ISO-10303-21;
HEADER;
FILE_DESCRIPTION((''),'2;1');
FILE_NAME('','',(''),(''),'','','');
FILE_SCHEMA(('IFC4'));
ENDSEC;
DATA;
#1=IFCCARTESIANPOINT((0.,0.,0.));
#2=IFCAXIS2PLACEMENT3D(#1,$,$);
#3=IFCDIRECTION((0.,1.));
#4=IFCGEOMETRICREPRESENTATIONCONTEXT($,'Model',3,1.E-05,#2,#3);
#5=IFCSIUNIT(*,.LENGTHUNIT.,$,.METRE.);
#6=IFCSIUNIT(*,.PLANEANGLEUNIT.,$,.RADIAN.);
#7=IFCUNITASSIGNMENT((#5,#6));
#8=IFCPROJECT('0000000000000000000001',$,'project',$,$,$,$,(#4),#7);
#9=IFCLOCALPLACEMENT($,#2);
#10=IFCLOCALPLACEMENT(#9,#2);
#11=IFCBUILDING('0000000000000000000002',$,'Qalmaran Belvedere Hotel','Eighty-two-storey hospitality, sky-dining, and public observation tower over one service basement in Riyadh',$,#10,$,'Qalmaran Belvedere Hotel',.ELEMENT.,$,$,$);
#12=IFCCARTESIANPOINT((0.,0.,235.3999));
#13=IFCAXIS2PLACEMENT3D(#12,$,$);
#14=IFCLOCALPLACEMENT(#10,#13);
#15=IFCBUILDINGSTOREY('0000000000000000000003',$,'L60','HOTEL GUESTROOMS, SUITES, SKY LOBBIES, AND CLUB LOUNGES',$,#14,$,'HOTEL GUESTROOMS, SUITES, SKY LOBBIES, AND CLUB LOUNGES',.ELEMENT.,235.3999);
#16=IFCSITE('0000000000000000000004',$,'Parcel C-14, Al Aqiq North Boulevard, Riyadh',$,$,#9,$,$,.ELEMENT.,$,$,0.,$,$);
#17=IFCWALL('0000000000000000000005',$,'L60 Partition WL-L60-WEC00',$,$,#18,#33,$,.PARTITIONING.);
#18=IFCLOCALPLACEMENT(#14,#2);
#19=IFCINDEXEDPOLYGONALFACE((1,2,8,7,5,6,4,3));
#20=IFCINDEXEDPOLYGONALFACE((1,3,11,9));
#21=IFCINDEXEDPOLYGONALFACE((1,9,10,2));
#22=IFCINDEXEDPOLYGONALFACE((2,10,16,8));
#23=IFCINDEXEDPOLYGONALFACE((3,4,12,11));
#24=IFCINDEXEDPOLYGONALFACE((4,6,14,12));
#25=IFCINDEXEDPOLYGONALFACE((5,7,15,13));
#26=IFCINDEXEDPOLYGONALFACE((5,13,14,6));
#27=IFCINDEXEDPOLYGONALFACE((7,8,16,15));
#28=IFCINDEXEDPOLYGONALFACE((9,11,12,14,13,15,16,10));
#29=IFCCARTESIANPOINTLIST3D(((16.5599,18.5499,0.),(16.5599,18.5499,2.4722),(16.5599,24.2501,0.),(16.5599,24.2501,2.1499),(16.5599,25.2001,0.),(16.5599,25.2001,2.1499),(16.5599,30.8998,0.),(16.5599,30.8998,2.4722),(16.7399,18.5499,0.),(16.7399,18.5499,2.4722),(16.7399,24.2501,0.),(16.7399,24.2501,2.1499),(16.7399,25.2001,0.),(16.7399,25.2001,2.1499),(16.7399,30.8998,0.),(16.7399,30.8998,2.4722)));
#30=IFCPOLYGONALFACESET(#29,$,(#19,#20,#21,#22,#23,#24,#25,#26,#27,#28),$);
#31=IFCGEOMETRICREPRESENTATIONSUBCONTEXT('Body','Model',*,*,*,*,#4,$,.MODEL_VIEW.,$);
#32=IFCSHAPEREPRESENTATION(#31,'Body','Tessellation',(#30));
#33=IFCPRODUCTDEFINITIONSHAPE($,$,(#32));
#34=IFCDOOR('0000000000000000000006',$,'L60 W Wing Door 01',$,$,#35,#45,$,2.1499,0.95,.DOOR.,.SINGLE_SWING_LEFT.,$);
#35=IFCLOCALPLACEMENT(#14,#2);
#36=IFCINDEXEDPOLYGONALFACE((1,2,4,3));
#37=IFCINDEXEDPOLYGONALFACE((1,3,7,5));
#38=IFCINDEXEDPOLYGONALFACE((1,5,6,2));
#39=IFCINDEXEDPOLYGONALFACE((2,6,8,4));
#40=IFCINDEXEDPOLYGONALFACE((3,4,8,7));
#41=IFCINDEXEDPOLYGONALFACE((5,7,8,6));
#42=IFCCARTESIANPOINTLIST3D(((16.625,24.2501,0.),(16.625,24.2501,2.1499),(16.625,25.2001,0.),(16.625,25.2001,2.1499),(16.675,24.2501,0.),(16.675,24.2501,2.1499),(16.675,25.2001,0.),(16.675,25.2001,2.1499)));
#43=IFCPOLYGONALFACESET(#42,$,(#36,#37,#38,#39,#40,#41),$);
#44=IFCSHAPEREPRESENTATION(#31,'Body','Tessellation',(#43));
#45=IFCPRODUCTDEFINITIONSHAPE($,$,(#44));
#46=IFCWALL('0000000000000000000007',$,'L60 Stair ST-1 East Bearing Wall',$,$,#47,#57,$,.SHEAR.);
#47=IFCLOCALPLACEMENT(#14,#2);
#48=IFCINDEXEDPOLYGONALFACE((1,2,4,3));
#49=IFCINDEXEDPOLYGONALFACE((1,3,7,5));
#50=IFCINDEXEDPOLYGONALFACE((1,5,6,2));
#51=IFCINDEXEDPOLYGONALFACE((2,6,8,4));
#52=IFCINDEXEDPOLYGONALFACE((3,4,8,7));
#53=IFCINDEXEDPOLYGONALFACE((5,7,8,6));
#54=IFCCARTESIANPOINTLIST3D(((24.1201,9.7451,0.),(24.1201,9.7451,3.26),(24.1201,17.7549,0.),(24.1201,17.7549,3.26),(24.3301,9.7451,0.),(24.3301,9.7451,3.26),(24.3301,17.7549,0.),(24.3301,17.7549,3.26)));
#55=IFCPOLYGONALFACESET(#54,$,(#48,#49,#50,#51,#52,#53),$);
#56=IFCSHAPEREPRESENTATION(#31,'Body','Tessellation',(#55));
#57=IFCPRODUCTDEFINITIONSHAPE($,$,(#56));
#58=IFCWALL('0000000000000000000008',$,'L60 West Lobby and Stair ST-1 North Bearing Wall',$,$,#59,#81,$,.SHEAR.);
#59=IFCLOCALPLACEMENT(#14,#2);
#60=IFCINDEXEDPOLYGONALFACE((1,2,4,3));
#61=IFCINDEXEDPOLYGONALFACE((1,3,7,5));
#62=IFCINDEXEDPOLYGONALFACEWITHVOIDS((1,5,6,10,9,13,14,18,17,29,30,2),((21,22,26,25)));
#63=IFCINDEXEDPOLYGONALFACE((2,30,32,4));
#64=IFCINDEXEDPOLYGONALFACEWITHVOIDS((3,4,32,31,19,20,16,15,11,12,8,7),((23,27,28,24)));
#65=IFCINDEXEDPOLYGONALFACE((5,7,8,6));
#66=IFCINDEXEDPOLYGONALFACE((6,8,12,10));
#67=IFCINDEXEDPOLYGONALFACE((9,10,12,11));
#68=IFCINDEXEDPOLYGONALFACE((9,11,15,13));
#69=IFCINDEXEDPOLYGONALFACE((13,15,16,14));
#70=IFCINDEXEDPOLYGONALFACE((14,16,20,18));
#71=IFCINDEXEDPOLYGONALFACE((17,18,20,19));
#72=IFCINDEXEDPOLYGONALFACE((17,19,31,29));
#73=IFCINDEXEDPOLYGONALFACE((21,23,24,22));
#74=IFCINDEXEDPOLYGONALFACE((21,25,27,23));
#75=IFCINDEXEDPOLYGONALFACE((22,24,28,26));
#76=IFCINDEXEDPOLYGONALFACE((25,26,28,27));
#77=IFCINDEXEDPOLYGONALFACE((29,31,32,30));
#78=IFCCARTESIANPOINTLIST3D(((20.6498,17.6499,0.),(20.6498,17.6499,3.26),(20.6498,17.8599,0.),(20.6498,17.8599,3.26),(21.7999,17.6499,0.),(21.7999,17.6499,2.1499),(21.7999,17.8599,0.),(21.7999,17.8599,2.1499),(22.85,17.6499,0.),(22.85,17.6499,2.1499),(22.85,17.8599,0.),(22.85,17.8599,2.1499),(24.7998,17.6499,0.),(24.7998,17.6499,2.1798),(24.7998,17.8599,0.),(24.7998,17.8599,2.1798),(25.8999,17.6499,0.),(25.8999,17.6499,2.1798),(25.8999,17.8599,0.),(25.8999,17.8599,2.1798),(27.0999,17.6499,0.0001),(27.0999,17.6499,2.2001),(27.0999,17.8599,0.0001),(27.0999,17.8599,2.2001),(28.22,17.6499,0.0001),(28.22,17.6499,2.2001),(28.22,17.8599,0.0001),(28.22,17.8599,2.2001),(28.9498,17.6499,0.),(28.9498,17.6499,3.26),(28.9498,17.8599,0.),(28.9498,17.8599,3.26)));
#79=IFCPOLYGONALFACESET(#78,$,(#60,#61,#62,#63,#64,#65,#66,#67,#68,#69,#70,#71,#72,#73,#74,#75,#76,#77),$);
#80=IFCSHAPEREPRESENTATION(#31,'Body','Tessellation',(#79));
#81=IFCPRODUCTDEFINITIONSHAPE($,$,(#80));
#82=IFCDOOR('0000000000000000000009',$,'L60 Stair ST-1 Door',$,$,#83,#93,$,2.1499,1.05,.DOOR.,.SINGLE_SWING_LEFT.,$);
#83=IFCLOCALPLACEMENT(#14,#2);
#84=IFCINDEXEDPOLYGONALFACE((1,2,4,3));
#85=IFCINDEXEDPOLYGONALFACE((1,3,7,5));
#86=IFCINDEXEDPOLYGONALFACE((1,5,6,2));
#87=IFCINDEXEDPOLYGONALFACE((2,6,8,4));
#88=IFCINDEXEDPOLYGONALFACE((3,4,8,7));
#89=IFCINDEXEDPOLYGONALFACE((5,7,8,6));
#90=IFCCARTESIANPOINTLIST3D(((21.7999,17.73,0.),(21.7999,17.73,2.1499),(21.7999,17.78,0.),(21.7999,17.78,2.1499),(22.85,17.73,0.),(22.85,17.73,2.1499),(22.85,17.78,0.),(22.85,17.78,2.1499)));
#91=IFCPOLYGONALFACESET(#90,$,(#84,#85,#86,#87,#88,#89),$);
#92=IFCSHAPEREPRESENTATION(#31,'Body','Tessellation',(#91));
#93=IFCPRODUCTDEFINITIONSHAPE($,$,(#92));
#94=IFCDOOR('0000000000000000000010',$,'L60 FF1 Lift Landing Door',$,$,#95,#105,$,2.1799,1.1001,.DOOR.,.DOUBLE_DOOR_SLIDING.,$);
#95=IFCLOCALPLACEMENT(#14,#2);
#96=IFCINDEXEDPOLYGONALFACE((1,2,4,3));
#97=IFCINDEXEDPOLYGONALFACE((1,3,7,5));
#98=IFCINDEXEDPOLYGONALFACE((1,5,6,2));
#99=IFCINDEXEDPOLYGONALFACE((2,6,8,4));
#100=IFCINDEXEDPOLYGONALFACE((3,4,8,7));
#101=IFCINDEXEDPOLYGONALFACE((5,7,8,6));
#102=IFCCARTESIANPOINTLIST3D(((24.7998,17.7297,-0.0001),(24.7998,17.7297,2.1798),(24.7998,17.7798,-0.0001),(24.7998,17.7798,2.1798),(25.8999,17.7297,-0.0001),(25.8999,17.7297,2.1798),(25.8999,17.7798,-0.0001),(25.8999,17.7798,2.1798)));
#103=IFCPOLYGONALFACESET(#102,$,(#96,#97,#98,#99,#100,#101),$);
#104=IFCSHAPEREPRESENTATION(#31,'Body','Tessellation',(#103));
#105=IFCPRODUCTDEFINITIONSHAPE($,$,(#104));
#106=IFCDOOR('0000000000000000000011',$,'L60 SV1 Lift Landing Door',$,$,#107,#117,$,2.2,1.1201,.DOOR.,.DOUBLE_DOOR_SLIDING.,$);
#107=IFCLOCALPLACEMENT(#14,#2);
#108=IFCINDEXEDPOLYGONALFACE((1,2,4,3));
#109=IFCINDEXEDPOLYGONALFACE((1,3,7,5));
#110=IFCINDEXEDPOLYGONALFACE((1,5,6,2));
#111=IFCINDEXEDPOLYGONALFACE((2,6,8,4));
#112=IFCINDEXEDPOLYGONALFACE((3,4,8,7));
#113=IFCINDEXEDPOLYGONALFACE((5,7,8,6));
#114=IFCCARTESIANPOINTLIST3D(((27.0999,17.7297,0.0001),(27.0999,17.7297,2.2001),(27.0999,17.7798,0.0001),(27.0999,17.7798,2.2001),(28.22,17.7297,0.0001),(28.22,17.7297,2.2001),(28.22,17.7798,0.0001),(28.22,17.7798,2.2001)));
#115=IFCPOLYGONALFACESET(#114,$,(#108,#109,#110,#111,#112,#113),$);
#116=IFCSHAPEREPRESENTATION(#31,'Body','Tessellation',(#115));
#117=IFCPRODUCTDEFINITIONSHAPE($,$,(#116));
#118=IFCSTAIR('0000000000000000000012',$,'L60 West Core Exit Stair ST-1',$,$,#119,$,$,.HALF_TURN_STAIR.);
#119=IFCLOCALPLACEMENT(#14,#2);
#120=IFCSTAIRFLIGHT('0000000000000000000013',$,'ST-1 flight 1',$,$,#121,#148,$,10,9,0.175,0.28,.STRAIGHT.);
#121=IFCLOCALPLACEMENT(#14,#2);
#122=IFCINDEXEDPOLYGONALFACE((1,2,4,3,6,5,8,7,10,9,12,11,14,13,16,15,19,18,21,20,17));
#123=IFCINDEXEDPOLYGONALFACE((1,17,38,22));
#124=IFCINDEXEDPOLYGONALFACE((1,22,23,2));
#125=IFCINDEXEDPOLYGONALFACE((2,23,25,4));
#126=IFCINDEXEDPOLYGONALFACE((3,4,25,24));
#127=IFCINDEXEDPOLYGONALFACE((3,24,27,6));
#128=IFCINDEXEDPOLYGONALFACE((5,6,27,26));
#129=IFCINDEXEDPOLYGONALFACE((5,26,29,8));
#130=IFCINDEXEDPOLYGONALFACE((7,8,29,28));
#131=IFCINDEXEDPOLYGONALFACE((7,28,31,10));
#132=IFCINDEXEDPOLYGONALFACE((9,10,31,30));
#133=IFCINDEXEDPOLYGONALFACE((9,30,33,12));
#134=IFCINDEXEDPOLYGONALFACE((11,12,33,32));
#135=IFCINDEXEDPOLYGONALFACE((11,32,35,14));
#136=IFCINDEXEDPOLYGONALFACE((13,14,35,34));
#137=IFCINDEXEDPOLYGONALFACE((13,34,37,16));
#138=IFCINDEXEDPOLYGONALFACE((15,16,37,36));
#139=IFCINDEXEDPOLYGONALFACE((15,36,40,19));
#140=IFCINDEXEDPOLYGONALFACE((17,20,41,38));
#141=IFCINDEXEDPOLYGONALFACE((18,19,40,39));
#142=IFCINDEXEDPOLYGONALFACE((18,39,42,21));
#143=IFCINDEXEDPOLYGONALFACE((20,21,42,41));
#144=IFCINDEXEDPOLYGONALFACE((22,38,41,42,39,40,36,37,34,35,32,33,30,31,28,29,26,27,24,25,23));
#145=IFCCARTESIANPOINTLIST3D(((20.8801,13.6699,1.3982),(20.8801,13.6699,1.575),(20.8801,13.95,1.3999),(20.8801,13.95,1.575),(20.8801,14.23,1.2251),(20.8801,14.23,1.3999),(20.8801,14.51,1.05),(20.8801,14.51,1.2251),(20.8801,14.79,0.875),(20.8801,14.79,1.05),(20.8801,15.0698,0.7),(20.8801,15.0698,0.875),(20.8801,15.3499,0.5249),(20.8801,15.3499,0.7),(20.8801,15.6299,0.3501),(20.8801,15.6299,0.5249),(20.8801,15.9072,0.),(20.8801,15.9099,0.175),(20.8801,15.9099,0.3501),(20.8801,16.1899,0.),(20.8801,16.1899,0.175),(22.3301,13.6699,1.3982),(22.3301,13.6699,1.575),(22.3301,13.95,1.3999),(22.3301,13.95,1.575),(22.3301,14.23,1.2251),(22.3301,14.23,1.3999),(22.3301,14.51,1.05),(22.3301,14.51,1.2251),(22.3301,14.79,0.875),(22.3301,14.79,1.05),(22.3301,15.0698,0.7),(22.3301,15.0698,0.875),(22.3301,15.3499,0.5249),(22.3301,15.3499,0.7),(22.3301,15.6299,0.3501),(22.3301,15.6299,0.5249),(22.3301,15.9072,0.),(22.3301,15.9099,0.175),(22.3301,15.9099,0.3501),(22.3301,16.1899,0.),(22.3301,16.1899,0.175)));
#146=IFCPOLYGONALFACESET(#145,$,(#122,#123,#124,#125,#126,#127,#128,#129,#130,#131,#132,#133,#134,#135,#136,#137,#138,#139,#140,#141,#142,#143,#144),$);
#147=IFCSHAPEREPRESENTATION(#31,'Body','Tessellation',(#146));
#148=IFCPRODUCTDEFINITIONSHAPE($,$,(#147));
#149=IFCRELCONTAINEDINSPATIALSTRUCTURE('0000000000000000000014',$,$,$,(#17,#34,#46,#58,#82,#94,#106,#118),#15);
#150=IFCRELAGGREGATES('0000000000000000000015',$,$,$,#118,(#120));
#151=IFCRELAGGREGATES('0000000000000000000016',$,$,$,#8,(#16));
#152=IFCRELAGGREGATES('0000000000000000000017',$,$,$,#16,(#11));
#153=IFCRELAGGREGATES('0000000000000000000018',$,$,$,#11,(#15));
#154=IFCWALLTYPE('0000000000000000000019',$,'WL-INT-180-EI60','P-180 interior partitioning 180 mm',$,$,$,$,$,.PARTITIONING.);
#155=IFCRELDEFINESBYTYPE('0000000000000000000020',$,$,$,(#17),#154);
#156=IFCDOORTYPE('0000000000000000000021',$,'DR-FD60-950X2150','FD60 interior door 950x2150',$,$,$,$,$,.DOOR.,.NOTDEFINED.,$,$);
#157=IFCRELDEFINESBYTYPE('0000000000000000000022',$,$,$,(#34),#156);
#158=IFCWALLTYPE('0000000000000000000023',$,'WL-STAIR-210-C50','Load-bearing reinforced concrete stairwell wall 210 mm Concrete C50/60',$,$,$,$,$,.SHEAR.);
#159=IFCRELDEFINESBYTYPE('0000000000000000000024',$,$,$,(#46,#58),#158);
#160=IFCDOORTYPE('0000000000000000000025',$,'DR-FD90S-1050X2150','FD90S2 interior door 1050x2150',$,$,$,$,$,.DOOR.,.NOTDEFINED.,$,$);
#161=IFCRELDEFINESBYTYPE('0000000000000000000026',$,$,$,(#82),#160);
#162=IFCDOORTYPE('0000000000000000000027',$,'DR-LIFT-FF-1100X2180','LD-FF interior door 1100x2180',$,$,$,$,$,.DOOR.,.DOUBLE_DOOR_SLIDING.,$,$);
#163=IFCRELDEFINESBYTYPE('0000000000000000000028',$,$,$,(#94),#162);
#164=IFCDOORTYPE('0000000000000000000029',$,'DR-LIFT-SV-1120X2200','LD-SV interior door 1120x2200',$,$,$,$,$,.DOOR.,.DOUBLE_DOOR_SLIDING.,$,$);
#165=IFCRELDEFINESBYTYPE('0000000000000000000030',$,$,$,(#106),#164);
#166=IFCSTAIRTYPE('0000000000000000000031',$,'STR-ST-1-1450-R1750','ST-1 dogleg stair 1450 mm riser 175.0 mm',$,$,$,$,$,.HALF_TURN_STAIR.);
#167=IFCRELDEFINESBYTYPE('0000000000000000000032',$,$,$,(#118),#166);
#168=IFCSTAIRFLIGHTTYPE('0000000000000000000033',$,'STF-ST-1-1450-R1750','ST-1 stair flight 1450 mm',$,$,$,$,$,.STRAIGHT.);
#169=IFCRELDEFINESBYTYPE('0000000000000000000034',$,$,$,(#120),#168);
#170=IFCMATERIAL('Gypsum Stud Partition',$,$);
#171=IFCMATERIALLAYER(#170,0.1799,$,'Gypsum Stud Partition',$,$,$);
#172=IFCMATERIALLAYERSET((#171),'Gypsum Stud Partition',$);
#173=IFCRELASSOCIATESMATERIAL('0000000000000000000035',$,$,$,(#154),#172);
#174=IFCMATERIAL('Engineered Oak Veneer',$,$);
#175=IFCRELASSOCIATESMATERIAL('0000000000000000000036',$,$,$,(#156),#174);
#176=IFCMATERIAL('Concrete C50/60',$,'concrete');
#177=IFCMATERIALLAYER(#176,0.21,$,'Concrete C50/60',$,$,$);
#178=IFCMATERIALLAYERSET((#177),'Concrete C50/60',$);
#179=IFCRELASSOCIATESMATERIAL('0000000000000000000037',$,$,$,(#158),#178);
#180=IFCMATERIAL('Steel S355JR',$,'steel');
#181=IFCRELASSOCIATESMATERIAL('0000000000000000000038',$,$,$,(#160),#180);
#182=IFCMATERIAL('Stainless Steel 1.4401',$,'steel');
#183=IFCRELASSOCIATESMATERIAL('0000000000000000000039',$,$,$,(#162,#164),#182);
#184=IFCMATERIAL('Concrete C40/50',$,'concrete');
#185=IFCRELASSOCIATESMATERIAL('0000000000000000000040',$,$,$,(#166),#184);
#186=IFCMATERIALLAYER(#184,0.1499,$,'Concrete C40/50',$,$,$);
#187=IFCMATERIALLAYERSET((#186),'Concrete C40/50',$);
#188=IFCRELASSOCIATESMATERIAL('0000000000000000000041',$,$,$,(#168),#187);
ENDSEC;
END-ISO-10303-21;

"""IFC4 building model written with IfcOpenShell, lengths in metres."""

from ifc_helpers import new_model, si_unit, direction, frame, frame_2d, origin, place, context, subcontext, project, spatial, polyline, rectangle, outline, extrude, material, layer, layer_set, type_object, element, fill, aggregate, save


model = new_model("IFC4")

# Units and contexts
model_context = context("Model", 3, precision=1e-05, world=origin(), true_north=direction((0.0, 1.0)))
body_context = subcontext(model_context, "Body", "Model", "MODEL_VIEW")
ifc_project = project(units=[si_unit("LENGTHUNIT", "METRE"), si_unit("PLANEANGLEUNIT", "RADIAN")], contexts=[model_context])

# Site, building, storey
site_placement = place(None, origin())
site = spatial("IfcSite", under=ifc_project, at=site_placement, Name="Parcel C-14, Al Aqiq North Boulevard, Riyadh", CompositionType="ELEMENT", RefElevation=0.0)
building_placement = place(site_placement, origin())
building = spatial("IfcBuilding", under=site, at=building_placement, Name="Qalmaran Belvedere Hotel", Description="Eighty-two-storey hospitality, sky-dining, and public observation tower over one service basement in Riyadh", LongName="Qalmaran Belvedere Hotel", CompositionType="ELEMENT")
storey_placement = place(building_placement, frame((0.0, 0.0, 235.3999)))
storey = spatial("IfcBuildingStorey", under=building, at=storey_placement, Name="L60", Description="HOTEL GUESTROOMS, SUITES, SKY LOBBIES, AND CLUB LOUNGES", LongName="HOTEL GUESTROOMS, SUITES, SKY LOBBIES, AND CLUB LOUNGES", CompositionType="ELEMENT", Elevation=235.3999)

# Shared definitions
ifc_material_1 = material(Name="Gypsum Stud Partition")

# Shared definitions
ifc_material_2 = material(Name="Steel S355JR", Category="steel")

# Shared definitions
ifc_material_3 = material(Name="Engineered Oak Veneer")

# Shared definitions
ifc_layer_1 = layer(ifc_material_1, 0.1799, Name="Gypsum Stud Partition")
ifc_layer_set_1 = layer_set([ifc_layer_1], Name="Gypsum Stud Partition")
wall_type_1 = type_object("IfcWallType", Name="WL-INT-180-EI60", Description="P-180 interior partitioning 180 mm", PredefinedType="PARTITIONING", material=ifc_layer_set_1)

# Wall, opening, door
wall_1_placement = place(storey_placement, frame((16.6499, 18.55, 0.0), z_axis=(0.0, 0.0, 1.0), x_axis=(0.0, 1.0, 0.0)))
wall_1 = element("IfcWall", 1, at=wall_1_placement, inside=storey, type_object=wall_type_1, Name="L60 Partition WL-L60-WEC00", PredefinedType="PARTITIONING", context=body_context, shape_type="SweptSolid", body=[
    extrude(rectangle(XDim=12.3499, YDim=0.1799, at=frame_2d((6.1748, 0.0))), origin(), (0.0, 0.0, 1.0), 2.4722),
])
opening_1_placement = place(wall_1_placement, frame((5.7, 0.0, 0.0)))
opening_1 = element("IfcOpeningElement", 2, at=opening_1_placement, cuts=wall_1, PredefinedType="OPENING", context=body_context, shape_type="SweptSolid", body=[
    extrude(rectangle(XDim=0.95, YDim=2.1499, at=frame_2d((0.4751, 1.075))), frame((0.0, 0.1001, 0.0), z_axis=(0.0, -1.0, 0.0), x_axis=(1.0, 0.0, 0.0)), (0.0, 0.0, 1.0), 0.2),
])
door_type_1 = type_object("IfcDoorType", Name="DR-FD60-950X2150", Description="FD60 interior door 950x2150", OperationType="NOTDEFINED", PredefinedType="DOOR", material=ifc_material_3)
door_1_placement = place(opening_1_placement, origin())
door_1 = element("IfcDoor", 3, at=door_1_placement, inside=storey, type_object=door_type_1, Name="L60 W Wing Door 01", OperationType="SINGLE_SWING_LEFT", OverallHeight=2.1499, OverallWidth=0.95, PredefinedType="DOOR", context=body_context, shape_type="SweptSolid", body=[
    extrude(rectangle(XDim=0.95, YDim=2.1499, at=frame_2d((0.4751, 1.075))), frame((0.0, 0.0249, 0.0), z_axis=(0.0, -1.0, 0.0), x_axis=(1.0, 0.0, 0.0)), (0.0, 0.0, 1.0), 0.05),
])
fill(opening_1, door_1)

# Wall
ifc_material_4 = material(Name="Concrete C50/60", Category="concrete")
ifc_layer_2 = layer(ifc_material_4, 0.21, Name="Concrete C50/60")
ifc_layer_set_2 = layer_set([ifc_layer_2], Name="Concrete C50/60")
wall_type_2 = type_object("IfcWallType", Name="WL-STAIR-210-C50", Description="Load-bearing reinforced concrete stairwell wall 210 mm Concrete C50/60", PredefinedType="SHEAR", material=ifc_layer_set_2)
wall_2_placement = place(storey_placement, frame((24.2251, 9.7451, 0.0), z_axis=(0.0, 0.0, 1.0), x_axis=(0.0, 1.0, 0.0)))
element("IfcWall", 4, at=wall_2_placement, inside=storey, type_object=wall_type_2, Name="L60 Stair ST-1 East Bearing Wall", PredefinedType="SHEAR", context=body_context, shape_type="SweptSolid", body=[
    extrude(rectangle(XDim=8.0098, YDim=0.21, at=frame_2d((4.0049, 0.0))), origin(), (0.0, 0.0, 1.0), 3.26),
])

# Wall, openings, doors
wall_3_placement = place(storey_placement, frame((20.6499, 17.7549, 0.0), z_axis=(0.0, 0.0, 1.0), x_axis=(1.0, 0.0, 0.0)))
wall_3 = element("IfcWall", 5, at=wall_3_placement, inside=storey, type_object=wall_type_2, Name="L60 West Lobby and Stair ST-1 North Bearing Wall", PredefinedType="SHEAR", context=body_context, shape_type="SweptSolid", body=[
    extrude(rectangle(XDim=8.3, YDim=0.21, at=frame_2d((4.1499, 0.0))), origin(), (0.0, 0.0, 1.0), 3.26),
])
opening_2_placement = place(wall_3_placement, frame((2.2, 0.0, 0.0), z_axis=(0.0, 0.0, 1.0), x_axis=(-1.0, 0.0, 0.0)))
opening_2 = element("IfcOpeningElement", 6, at=opening_2_placement, cuts=wall_3, PredefinedType="OPENING", context=body_context, shape_type="SweptSolid", body=[
    extrude(rectangle(XDim=1.05, YDim=2.1499, at=frame_2d((0.5249, 1.075))), frame((0.0, 0.115, 0.0), z_axis=(0.0, -1.0, 0.0), x_axis=(1.0, 0.0, 0.0)), (0.0, 0.0, 1.0), 0.23),
])
opening_3_placement = place(wall_3_placement, frame((4.1499, 0.0, 0.0)))
opening_3 = element("IfcOpeningElement", 7, at=opening_3_placement, cuts=wall_3, PredefinedType="OPENING", context=body_context, shape_type="SweptSolid", body=[
    extrude(rectangle(XDim=1.1001, YDim=2.1799, at=frame_2d((0.55, 1.0898))), frame((0.0, 0.115, 0.0), z_axis=(0.0, -1.0, 0.0), x_axis=(1.0, 0.0, 0.0)), (0.0, 0.0, 1.0), 0.23),
])
opening_4_placement = place(wall_3_placement, frame((6.45, 0.0, 0.0)))
opening_4 = element("IfcOpeningElement", 8, at=opening_4_placement, cuts=wall_3, PredefinedType="OPENING", context=body_context, shape_type="SweptSolid", body=[
    extrude(rectangle(XDim=1.1201, YDim=2.2, at=frame_2d((0.5601, 1.1001))), frame((0.0, 0.115, 0.0), z_axis=(0.0, -1.0, 0.0), x_axis=(1.0, 0.0, 0.0)), (0.0, 0.0, 1.0), 0.23),
])
door_type_2 = type_object("IfcDoorType", Name="DR-FD90S-1050X2150", Description="FD90S2 interior door 1050x2150", OperationType="NOTDEFINED", PredefinedType="DOOR", material=ifc_material_2)
door_2_placement = place(opening_2_placement, origin())
door_2 = element("IfcDoor", 9, at=door_2_placement, inside=storey, type_object=door_type_2, Name="L60 Stair ST-1 Door", OperationType="SINGLE_SWING_LEFT", OverallHeight=2.1499, OverallWidth=1.05, PredefinedType="DOOR", context=body_context, shape_type="SweptSolid", body=[
    extrude(rectangle(XDim=1.05, YDim=2.1499, at=frame_2d((0.5249, 1.075))), frame((0.0, 0.0249, 0.0), z_axis=(0.0, -1.0, 0.0), x_axis=(1.0, 0.0, 0.0)), (0.0, 0.0, 1.0), 0.05),
])
fill(opening_2, door_2)
ifc_material_5 = material(Name="Stainless Steel 1.4401", Category="steel")
door_type_3 = type_object("IfcDoorType", Name="DR-LIFT-FF-1100X2180", Description="LD-FF interior door 1100x2180", OperationType="DOUBLE_DOOR_SLIDING", PredefinedType="DOOR", material=ifc_material_5)
door_3_placement = place(opening_3_placement, origin())
door_3 = element("IfcDoor", 10, at=door_3_placement, inside=storey, type_object=door_type_3, Name="L60 FF1 Lift Landing Door", OperationType="DOUBLE_DOOR_SLIDING", OverallHeight=2.1799, OverallWidth=1.1001, PredefinedType="DOOR", context=body_context, shape_type="SweptSolid", body=[
    extrude(rectangle(XDim=1.1001, YDim=2.1799, at=frame_2d((0.55, 1.0898))), frame((0.0, 0.0249, 0.0), z_axis=(0.0, -1.0, 0.0), x_axis=(1.0, 0.0, 0.0)), (0.0, 0.0, 1.0), 0.05),
])
fill(opening_3, door_3)
door_type_4 = type_object("IfcDoorType", Name="DR-LIFT-SV-1120X2200", Description="LD-SV interior door 1120x2200", OperationType="DOUBLE_DOOR_SLIDING", PredefinedType="DOOR", material=ifc_material_5)
door_4_placement = place(opening_4_placement, origin())
door_4 = element("IfcDoor", 11, at=door_4_placement, inside=storey, type_object=door_type_4, Name="L60 SV1 Lift Landing Door", OperationType="DOUBLE_DOOR_SLIDING", OverallHeight=2.2, OverallWidth=1.1201, PredefinedType="DOOR", context=body_context, shape_type="SweptSolid", body=[
    extrude(rectangle(XDim=1.1201, YDim=2.2, at=frame_2d((0.5601, 1.1001))), frame((0.0, 0.0249, 0.0), z_axis=(0.0, -1.0, 0.0), x_axis=(1.0, 0.0, 0.0)), (0.0, 0.0, 1.0), 0.05),
])
fill(opening_4, door_4)

# Stair, stair flight
ifc_material_6 = material(Name="Concrete C40/50", Category="concrete")
stair_type = type_object("IfcStairType", Name="STR-ST-1-1450-R1750", Description="ST-1 dogleg stair 1450 mm riser 175.0 mm", PredefinedType="HALF_TURN_STAIR", material=ifc_material_6)
stair_placement = place(storey_placement, origin())
stair = element("IfcStair", 12, at=stair_placement, inside=storey, type_object=stair_type, Name="L60 West Core Exit Stair ST-1", PredefinedType="HALF_TURN_STAIR")
ifc_layer_3 = layer(ifc_material_6, 0.1499, Name="Concrete C40/50")
ifc_layer_set_3 = layer_set([ifc_layer_3], Name="Concrete C40/50")
stair_flight_type = type_object("IfcStairFlightType", Name="STF-ST-1-1450-R1750", Description="ST-1 stair flight 1450 mm", PredefinedType="STRAIGHT", material=ifc_layer_set_3)
stair_flight_1_placement = place(storey_placement, frame((21.605, 16.1899, 0.0), z_axis=(0.0, 0.0, 1.0), x_axis=(0.0, -1.0, 0.0)))
stair_flight_1 = element("IfcStairFlight", 13, at=stair_flight_1_placement, type_object=stair_flight_type, Name="ST-1 flight 1", NumberOfRisers=10, NumberOfTreads=9, PredefinedType="STRAIGHT", RiserHeight=0.175, TreadLength=0.28, context=body_context, shape_type="SweptSolid", body=[
    extrude(outline(polyline([(0.0, 0.0), (0.0, 0.175), (0.28, 0.175), (0.28, 0.3501), (0.5601, 0.3501), (0.5601, 0.5249), (0.8401, 0.5249), (0.8401, 0.7), (1.1201, 0.7), (1.1201, 0.875), (1.3999, 0.875), (1.3999, 1.05), (1.6799, 1.05), (1.6799, 1.2251), (1.96, 1.2251), (1.96, 1.3999), (2.24, 1.3999), (2.24, 1.575), (2.52, 1.575), (2.52, 1.75), (2.52, 1.3982), (0.2827, 0.0), (0.0, 0.0)])), frame((0.0, 0.7251, 0.0), z_axis=(0.0, -1.0, 0.0), x_axis=(1.0, 0.0, 0.0)), (0.0, 0.0, 1.0), 1.45),
])
aggregate(stair, [stair_flight_1])

save(model, "model.ifc")
